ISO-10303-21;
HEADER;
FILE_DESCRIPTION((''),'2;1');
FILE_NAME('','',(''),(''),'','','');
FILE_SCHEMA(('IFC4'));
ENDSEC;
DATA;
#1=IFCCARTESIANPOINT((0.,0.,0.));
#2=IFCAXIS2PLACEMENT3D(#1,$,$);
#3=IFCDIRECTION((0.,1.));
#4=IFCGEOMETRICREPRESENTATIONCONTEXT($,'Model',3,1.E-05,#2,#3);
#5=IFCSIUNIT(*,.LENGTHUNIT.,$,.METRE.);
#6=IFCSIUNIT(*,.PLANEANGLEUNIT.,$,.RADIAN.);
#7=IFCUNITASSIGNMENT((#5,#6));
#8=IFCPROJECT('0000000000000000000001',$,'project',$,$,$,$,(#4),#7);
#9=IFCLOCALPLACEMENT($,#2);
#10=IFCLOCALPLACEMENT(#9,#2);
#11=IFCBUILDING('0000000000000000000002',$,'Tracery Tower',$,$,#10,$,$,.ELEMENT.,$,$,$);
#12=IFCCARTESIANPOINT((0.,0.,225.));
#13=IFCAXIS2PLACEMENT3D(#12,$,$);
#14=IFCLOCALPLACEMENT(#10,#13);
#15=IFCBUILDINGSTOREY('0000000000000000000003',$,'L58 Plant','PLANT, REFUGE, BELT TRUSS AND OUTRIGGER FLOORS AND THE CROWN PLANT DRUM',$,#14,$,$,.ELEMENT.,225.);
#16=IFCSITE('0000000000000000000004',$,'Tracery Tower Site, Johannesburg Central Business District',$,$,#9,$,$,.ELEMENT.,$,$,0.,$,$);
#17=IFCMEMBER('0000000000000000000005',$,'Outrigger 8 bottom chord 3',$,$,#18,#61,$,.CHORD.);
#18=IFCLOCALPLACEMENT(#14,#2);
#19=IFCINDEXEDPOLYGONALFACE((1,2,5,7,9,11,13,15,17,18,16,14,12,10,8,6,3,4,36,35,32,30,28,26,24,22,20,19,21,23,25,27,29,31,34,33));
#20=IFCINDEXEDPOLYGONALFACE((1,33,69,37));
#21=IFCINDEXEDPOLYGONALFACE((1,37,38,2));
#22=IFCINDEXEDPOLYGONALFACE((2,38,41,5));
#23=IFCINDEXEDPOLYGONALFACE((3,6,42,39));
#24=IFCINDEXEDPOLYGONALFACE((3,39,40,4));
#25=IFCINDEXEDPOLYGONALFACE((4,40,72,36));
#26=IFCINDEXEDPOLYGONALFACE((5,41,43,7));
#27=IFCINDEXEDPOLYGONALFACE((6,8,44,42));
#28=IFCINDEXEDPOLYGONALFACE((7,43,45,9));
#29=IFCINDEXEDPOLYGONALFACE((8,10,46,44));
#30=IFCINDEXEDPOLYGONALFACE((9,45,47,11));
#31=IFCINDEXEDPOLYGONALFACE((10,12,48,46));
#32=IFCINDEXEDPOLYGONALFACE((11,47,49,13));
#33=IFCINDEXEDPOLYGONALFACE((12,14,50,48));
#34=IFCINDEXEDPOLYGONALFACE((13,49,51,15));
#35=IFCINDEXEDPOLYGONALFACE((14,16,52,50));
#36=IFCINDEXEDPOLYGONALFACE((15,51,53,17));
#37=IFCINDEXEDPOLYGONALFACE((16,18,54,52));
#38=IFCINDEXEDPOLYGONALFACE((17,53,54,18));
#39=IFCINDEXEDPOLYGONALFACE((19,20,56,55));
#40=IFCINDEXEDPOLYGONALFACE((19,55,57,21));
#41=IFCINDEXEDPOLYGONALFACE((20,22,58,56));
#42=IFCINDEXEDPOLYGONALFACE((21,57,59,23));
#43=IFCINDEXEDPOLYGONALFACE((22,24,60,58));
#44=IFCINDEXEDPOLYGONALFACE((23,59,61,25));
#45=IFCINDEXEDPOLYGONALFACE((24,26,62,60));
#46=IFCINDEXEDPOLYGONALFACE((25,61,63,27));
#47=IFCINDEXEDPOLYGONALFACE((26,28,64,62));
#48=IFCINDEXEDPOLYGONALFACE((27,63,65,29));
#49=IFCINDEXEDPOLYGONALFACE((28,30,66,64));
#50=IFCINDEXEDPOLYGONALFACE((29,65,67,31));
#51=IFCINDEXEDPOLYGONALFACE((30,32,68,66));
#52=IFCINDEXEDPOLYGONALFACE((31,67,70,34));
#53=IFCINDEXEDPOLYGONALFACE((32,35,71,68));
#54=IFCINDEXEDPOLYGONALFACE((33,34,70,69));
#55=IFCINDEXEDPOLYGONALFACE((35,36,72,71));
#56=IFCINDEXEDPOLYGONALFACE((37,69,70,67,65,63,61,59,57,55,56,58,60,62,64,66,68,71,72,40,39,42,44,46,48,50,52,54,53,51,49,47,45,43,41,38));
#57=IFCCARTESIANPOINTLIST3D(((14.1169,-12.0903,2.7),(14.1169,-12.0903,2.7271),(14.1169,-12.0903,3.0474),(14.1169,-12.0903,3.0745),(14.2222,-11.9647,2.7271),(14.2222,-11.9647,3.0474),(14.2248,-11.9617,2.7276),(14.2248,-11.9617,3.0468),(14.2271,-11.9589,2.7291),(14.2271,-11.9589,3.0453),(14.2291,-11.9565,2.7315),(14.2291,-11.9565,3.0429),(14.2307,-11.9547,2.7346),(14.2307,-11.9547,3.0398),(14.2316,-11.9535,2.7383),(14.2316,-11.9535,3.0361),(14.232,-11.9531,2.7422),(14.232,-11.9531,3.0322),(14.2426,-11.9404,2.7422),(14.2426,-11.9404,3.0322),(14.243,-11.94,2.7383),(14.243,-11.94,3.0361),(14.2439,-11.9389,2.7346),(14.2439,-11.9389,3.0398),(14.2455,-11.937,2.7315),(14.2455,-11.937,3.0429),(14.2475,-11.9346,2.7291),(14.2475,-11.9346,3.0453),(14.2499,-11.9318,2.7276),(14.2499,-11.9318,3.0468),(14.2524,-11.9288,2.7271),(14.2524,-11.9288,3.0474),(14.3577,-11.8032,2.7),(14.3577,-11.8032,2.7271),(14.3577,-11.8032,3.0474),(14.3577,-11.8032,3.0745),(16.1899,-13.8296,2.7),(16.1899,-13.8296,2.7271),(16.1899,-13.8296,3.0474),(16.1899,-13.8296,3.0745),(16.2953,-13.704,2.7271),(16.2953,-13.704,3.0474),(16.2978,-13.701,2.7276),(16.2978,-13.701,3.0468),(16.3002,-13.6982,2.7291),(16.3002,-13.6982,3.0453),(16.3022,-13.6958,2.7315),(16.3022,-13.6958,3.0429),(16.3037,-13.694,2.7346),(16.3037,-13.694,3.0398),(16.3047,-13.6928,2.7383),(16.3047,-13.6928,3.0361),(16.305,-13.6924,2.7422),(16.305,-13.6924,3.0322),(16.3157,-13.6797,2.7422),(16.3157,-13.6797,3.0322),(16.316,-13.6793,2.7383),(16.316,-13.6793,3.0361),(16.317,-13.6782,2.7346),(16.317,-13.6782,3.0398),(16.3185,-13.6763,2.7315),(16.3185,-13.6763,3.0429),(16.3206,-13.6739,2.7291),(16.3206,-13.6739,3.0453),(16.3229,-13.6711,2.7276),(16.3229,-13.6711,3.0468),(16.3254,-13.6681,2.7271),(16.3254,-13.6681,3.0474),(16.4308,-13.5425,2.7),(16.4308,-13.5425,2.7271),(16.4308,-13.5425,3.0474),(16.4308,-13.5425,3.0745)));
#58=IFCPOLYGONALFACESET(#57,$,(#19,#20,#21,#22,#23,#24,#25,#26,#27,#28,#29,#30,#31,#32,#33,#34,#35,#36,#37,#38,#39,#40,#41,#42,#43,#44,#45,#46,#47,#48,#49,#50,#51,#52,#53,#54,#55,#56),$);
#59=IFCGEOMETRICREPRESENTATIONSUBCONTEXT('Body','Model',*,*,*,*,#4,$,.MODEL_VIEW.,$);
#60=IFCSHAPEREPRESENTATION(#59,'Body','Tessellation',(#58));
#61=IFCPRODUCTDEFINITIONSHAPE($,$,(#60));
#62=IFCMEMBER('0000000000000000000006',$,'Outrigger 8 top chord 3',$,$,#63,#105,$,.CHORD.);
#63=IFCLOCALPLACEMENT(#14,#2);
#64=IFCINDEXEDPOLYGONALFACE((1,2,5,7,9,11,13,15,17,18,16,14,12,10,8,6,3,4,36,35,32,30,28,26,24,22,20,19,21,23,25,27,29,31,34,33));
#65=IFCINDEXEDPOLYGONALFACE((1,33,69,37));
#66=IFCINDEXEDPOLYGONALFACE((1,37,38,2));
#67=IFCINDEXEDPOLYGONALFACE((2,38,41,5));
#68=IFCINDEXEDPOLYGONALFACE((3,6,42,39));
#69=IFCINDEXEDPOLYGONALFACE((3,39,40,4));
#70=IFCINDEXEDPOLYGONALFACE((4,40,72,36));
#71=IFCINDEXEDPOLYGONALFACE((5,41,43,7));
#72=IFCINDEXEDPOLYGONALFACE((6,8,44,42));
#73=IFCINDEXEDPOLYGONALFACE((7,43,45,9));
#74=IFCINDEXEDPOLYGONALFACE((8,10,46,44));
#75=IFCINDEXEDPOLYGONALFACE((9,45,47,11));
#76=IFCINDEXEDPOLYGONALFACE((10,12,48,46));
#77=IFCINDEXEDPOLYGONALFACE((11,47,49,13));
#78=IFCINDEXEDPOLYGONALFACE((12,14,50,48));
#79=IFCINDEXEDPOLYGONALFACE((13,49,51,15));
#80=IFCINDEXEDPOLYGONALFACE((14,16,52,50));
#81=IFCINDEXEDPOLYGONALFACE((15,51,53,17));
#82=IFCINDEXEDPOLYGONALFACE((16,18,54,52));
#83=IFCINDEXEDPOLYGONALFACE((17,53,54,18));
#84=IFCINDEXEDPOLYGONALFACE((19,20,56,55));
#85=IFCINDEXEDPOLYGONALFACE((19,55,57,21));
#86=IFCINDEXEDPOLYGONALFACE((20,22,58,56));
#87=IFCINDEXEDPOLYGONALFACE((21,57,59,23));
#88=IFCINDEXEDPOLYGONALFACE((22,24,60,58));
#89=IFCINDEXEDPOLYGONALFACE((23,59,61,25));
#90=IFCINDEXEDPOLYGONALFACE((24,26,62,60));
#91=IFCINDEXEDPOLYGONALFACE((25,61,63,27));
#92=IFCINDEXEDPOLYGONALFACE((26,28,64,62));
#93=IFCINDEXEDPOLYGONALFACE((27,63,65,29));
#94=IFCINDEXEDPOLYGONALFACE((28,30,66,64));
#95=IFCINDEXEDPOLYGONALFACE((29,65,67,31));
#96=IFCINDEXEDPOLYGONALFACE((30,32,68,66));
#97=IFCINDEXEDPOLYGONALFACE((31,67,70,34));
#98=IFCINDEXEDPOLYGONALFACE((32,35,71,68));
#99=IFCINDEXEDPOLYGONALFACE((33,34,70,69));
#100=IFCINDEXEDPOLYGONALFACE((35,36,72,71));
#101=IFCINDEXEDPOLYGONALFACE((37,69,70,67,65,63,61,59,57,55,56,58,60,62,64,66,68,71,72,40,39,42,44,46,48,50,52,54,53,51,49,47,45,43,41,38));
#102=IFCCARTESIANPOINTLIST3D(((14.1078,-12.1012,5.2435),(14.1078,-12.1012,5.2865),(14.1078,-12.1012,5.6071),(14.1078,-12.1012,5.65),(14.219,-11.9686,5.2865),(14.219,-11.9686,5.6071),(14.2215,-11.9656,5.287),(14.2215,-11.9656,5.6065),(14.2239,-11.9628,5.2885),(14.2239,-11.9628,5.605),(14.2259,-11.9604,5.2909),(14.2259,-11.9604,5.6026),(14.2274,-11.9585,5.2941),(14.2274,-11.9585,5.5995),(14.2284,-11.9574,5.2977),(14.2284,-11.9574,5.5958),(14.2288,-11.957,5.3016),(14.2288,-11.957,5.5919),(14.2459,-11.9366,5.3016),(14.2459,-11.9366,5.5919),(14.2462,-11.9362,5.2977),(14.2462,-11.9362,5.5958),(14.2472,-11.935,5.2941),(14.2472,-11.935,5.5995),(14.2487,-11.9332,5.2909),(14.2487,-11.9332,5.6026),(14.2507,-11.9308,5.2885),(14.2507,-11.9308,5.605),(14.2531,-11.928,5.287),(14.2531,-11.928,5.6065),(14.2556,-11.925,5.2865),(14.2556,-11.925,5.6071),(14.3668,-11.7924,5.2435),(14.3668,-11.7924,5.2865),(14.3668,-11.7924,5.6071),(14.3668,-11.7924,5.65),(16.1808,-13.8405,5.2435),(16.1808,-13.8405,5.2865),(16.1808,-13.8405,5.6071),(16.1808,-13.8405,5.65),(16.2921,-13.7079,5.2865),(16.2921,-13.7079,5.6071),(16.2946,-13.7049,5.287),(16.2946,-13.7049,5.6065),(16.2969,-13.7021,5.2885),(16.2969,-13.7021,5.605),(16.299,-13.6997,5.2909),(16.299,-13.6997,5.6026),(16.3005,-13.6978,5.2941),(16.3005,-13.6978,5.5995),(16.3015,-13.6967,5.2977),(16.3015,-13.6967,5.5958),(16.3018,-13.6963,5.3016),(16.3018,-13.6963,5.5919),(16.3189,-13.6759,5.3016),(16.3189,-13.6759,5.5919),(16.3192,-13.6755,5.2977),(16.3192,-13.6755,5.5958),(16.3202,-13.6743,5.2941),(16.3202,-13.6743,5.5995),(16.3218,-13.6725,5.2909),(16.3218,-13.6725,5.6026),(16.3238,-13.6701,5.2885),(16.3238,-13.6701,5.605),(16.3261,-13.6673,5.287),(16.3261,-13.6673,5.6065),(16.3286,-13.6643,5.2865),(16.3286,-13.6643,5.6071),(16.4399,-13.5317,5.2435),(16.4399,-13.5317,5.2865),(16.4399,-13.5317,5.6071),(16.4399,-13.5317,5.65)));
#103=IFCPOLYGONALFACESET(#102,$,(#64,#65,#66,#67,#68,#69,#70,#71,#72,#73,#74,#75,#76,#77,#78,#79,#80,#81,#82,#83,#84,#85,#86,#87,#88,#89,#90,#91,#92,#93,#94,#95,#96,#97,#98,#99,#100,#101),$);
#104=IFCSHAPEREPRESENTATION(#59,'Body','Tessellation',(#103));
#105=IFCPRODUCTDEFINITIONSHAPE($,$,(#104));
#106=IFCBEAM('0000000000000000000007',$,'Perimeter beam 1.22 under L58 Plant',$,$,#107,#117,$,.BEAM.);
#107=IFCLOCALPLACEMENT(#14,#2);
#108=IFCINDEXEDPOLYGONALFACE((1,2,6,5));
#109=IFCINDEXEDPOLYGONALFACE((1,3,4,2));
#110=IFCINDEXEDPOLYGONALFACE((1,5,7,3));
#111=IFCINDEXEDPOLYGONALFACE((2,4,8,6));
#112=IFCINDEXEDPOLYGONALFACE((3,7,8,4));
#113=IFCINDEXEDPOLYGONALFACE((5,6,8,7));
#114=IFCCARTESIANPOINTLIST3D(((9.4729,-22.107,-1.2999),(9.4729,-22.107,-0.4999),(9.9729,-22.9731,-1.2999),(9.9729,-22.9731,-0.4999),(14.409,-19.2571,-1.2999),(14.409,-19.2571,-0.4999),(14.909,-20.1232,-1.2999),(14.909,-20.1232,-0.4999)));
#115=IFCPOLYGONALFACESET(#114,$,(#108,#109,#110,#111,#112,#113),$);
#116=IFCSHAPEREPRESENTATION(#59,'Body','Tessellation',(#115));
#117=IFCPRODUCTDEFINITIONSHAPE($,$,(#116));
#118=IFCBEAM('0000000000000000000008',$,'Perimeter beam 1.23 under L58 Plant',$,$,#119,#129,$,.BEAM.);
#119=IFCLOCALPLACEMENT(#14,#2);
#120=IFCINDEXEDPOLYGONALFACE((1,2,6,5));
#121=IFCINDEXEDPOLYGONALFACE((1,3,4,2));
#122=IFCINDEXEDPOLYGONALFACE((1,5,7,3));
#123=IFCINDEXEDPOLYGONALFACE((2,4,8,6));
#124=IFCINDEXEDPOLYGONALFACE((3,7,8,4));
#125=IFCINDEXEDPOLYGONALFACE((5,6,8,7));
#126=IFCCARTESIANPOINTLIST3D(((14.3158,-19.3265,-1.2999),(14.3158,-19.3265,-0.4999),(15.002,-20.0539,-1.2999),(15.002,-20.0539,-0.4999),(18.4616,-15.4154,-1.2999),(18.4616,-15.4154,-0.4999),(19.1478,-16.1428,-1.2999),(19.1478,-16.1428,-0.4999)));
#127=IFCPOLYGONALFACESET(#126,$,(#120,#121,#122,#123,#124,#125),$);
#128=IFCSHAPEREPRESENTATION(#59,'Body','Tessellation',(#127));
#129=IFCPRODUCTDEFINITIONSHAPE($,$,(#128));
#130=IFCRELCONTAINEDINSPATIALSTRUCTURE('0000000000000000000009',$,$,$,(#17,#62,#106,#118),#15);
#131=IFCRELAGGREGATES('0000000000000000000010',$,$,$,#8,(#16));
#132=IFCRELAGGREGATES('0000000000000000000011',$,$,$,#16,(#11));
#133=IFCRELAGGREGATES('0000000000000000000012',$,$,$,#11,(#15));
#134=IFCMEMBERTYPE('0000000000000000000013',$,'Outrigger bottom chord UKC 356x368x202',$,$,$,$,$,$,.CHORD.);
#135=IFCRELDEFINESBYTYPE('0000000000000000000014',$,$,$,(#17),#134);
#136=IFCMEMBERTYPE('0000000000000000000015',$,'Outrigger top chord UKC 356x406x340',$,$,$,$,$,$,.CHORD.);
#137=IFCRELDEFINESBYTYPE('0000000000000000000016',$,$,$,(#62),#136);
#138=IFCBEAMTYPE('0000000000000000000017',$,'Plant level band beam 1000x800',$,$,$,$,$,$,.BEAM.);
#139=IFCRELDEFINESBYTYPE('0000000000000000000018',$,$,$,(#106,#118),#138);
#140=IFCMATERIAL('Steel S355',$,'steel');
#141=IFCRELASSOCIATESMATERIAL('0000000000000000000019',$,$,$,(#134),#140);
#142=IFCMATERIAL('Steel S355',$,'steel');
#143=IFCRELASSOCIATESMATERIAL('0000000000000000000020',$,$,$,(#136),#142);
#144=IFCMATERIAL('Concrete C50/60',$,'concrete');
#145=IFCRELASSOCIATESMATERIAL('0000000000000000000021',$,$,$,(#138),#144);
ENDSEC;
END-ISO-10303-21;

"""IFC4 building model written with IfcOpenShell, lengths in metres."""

from ifc_helpers import new_model, si_unit, direction, frame, origin, origin_2d, place, context, subcontext, project, spatial, rectangle, i_section, extrude, material, material_profile, profile_set, type_object, element, save


model = new_model("IFC4")

# Units and contexts
model_context = context("Model", 3, precision=1e-05, world=origin(), true_north=direction((0.0, 1.0)))
body_context = subcontext(model_context, "Body", "Model", "MODEL_VIEW")
ifc_project = project(units=[si_unit("LENGTHUNIT", "METRE"), si_unit("PLANEANGLEUNIT", "RADIAN")], contexts=[model_context])

# Site, building, storey
site_placement = place(None, origin())
site = spatial("IfcSite", under=ifc_project, at=site_placement, Name="Tracery Tower Site, Johannesburg Central Business District", CompositionType="ELEMENT", RefElevation=0.0)
building_placement = place(site_placement, origin())
building = spatial("IfcBuilding", under=site, at=building_placement, Name="Tracery Tower", CompositionType="ELEMENT")
storey_placement = place(building_placement, frame((0.0, 0.0, 225.0)))
storey = spatial("IfcBuildingStorey", under=building, at=storey_placement, Name="L58 Plant", Description="PLANT, REFUGE, BELT TRUSS AND OUTRIGGER FLOORS AND THE CROWN PLANT DRUM", CompositionType="ELEMENT", Elevation=225.0)

# Members
ifc_material_1 = material(Name="Steel S355", Category="steel")
ifc_material_profile_1 = material_profile(ifc_material_1, i_section(OverallWidth=0.3748, OverallDepth=0.3745, WebThickness=0.0166, FlangeThickness=0.0271, FilletRadius=0.0151, at=origin_2d()), Name="UKC 356x368x202")
ifc_profile_set_1 = profile_set([ifc_material_profile_1], Name="Steel S355")
member_type_1 = type_object("IfcMemberType", Name="Outrigger bottom chord UKC 356x368x202", PredefinedType="CHORD", material=ifc_profile_set_1)
member_1_placement = place(storey_placement, frame((14.2373, -11.9468, 2.8872), z_axis=(0.76608, -0.642746, 0.0), x_axis=(0.642746, 0.76608, 0.0)))
element("IfcMember", 1, at=member_1_placement, inside=storey, type_object=member_type_1, Name="Outrigger 8 bottom chord 3", PredefinedType="CHORD", context=body_context, shape_type="SweptSolid", body=[
    extrude(i_section(OverallWidth=0.3748, OverallDepth=0.3745, WebThickness=0.0166, FlangeThickness=0.0271, FilletRadius=0.0151, at=origin_2d()), origin(), (0.0, 0.0, 1.0), 2.7061),
])
ifc_material_2 = material(Name="Steel S355", Category="steel")
ifc_material_profile_2 = material_profile(ifc_material_2, i_section(OverallWidth=0.4031, OverallDepth=0.4065, WebThickness=0.0266, FlangeThickness=0.043, FilletRadius=0.0151, at=origin_2d()), Name="UKC 356x406x340")
ifc_profile_set_2 = profile_set([ifc_material_profile_2], Name="Steel S355")
member_type_2 = type_object("IfcMemberType", Name="Outrigger top chord UKC 356x406x340", PredefinedType="CHORD", material=ifc_profile_set_2)
member_2_placement = place(storey_placement, frame((14.2373, -11.9468, 5.4468), z_axis=(0.76608, -0.642746, 0.0), x_axis=(0.642746, 0.76608, 0.0)))
element("IfcMember", 2, at=member_2_placement, inside=storey, type_object=member_type_2, Name="Outrigger 8 top chord 3", PredefinedType="CHORD", context=body_context, shape_type="SweptSolid", body=[
    extrude(i_section(OverallWidth=0.4031, OverallDepth=0.4065, WebThickness=0.0266, FlangeThickness=0.043, FilletRadius=0.0151, at=origin_2d()), origin(), (0.0, 0.0, 1.0), 2.7061),
])

# Beams
ifc_material_3 = material(Name="Concrete C50/60", Category="concrete")
ifc_material_profile_3 = material_profile(ifc_material_3, rectangle(XDim=1.0, YDim=0.8, at=origin_2d()), Name="RC 1000x800")
ifc_profile_set_3 = profile_set([ifc_material_profile_3], Name="Concrete C50/60")
beam_type = type_object("IfcBeamType", Name="Plant level band beam 1000x800", PredefinedType="BEAM", material=ifc_profile_set_3)
beam_1_placement = place(storey_placement, frame((9.7229, -22.54, -0.8999), z_axis=(0.866023, 0.500004, 0.0), x_axis=(-0.500004, 0.866023, 0.0)))
element("IfcBeam", 3, at=beam_1_placement, inside=storey, type_object=beam_type, Name="Perimeter beam 1.22 under L58 Plant", PredefinedType="BEAM", context=body_context, shape_type="SweptSolid", body=[
    extrude(rectangle(XDim=1.0, YDim=0.8, at=origin_2d()), origin(), (0.0, 0.0, 1.0), 5.6997),
])
beam_2_placement = place(storey_placement, frame((14.6589, -19.6902, -0.8999), z_axis=(0.72739, 0.686225, 0.0), x_axis=(-0.686225, 0.72739, 0.0)))
element("IfcBeam", 4, at=beam_2_placement, inside=storey, type_object=beam_type, Name="Perimeter beam 1.23 under L58 Plant", PredefinedType="BEAM", context=body_context, shape_type="SweptSolid", body=[
    extrude(rectangle(XDim=1.0, YDim=0.8, at=origin_2d()), origin(), (0.0, 0.0, 1.0), 5.6995),
])

save(model, "model.ifc")
